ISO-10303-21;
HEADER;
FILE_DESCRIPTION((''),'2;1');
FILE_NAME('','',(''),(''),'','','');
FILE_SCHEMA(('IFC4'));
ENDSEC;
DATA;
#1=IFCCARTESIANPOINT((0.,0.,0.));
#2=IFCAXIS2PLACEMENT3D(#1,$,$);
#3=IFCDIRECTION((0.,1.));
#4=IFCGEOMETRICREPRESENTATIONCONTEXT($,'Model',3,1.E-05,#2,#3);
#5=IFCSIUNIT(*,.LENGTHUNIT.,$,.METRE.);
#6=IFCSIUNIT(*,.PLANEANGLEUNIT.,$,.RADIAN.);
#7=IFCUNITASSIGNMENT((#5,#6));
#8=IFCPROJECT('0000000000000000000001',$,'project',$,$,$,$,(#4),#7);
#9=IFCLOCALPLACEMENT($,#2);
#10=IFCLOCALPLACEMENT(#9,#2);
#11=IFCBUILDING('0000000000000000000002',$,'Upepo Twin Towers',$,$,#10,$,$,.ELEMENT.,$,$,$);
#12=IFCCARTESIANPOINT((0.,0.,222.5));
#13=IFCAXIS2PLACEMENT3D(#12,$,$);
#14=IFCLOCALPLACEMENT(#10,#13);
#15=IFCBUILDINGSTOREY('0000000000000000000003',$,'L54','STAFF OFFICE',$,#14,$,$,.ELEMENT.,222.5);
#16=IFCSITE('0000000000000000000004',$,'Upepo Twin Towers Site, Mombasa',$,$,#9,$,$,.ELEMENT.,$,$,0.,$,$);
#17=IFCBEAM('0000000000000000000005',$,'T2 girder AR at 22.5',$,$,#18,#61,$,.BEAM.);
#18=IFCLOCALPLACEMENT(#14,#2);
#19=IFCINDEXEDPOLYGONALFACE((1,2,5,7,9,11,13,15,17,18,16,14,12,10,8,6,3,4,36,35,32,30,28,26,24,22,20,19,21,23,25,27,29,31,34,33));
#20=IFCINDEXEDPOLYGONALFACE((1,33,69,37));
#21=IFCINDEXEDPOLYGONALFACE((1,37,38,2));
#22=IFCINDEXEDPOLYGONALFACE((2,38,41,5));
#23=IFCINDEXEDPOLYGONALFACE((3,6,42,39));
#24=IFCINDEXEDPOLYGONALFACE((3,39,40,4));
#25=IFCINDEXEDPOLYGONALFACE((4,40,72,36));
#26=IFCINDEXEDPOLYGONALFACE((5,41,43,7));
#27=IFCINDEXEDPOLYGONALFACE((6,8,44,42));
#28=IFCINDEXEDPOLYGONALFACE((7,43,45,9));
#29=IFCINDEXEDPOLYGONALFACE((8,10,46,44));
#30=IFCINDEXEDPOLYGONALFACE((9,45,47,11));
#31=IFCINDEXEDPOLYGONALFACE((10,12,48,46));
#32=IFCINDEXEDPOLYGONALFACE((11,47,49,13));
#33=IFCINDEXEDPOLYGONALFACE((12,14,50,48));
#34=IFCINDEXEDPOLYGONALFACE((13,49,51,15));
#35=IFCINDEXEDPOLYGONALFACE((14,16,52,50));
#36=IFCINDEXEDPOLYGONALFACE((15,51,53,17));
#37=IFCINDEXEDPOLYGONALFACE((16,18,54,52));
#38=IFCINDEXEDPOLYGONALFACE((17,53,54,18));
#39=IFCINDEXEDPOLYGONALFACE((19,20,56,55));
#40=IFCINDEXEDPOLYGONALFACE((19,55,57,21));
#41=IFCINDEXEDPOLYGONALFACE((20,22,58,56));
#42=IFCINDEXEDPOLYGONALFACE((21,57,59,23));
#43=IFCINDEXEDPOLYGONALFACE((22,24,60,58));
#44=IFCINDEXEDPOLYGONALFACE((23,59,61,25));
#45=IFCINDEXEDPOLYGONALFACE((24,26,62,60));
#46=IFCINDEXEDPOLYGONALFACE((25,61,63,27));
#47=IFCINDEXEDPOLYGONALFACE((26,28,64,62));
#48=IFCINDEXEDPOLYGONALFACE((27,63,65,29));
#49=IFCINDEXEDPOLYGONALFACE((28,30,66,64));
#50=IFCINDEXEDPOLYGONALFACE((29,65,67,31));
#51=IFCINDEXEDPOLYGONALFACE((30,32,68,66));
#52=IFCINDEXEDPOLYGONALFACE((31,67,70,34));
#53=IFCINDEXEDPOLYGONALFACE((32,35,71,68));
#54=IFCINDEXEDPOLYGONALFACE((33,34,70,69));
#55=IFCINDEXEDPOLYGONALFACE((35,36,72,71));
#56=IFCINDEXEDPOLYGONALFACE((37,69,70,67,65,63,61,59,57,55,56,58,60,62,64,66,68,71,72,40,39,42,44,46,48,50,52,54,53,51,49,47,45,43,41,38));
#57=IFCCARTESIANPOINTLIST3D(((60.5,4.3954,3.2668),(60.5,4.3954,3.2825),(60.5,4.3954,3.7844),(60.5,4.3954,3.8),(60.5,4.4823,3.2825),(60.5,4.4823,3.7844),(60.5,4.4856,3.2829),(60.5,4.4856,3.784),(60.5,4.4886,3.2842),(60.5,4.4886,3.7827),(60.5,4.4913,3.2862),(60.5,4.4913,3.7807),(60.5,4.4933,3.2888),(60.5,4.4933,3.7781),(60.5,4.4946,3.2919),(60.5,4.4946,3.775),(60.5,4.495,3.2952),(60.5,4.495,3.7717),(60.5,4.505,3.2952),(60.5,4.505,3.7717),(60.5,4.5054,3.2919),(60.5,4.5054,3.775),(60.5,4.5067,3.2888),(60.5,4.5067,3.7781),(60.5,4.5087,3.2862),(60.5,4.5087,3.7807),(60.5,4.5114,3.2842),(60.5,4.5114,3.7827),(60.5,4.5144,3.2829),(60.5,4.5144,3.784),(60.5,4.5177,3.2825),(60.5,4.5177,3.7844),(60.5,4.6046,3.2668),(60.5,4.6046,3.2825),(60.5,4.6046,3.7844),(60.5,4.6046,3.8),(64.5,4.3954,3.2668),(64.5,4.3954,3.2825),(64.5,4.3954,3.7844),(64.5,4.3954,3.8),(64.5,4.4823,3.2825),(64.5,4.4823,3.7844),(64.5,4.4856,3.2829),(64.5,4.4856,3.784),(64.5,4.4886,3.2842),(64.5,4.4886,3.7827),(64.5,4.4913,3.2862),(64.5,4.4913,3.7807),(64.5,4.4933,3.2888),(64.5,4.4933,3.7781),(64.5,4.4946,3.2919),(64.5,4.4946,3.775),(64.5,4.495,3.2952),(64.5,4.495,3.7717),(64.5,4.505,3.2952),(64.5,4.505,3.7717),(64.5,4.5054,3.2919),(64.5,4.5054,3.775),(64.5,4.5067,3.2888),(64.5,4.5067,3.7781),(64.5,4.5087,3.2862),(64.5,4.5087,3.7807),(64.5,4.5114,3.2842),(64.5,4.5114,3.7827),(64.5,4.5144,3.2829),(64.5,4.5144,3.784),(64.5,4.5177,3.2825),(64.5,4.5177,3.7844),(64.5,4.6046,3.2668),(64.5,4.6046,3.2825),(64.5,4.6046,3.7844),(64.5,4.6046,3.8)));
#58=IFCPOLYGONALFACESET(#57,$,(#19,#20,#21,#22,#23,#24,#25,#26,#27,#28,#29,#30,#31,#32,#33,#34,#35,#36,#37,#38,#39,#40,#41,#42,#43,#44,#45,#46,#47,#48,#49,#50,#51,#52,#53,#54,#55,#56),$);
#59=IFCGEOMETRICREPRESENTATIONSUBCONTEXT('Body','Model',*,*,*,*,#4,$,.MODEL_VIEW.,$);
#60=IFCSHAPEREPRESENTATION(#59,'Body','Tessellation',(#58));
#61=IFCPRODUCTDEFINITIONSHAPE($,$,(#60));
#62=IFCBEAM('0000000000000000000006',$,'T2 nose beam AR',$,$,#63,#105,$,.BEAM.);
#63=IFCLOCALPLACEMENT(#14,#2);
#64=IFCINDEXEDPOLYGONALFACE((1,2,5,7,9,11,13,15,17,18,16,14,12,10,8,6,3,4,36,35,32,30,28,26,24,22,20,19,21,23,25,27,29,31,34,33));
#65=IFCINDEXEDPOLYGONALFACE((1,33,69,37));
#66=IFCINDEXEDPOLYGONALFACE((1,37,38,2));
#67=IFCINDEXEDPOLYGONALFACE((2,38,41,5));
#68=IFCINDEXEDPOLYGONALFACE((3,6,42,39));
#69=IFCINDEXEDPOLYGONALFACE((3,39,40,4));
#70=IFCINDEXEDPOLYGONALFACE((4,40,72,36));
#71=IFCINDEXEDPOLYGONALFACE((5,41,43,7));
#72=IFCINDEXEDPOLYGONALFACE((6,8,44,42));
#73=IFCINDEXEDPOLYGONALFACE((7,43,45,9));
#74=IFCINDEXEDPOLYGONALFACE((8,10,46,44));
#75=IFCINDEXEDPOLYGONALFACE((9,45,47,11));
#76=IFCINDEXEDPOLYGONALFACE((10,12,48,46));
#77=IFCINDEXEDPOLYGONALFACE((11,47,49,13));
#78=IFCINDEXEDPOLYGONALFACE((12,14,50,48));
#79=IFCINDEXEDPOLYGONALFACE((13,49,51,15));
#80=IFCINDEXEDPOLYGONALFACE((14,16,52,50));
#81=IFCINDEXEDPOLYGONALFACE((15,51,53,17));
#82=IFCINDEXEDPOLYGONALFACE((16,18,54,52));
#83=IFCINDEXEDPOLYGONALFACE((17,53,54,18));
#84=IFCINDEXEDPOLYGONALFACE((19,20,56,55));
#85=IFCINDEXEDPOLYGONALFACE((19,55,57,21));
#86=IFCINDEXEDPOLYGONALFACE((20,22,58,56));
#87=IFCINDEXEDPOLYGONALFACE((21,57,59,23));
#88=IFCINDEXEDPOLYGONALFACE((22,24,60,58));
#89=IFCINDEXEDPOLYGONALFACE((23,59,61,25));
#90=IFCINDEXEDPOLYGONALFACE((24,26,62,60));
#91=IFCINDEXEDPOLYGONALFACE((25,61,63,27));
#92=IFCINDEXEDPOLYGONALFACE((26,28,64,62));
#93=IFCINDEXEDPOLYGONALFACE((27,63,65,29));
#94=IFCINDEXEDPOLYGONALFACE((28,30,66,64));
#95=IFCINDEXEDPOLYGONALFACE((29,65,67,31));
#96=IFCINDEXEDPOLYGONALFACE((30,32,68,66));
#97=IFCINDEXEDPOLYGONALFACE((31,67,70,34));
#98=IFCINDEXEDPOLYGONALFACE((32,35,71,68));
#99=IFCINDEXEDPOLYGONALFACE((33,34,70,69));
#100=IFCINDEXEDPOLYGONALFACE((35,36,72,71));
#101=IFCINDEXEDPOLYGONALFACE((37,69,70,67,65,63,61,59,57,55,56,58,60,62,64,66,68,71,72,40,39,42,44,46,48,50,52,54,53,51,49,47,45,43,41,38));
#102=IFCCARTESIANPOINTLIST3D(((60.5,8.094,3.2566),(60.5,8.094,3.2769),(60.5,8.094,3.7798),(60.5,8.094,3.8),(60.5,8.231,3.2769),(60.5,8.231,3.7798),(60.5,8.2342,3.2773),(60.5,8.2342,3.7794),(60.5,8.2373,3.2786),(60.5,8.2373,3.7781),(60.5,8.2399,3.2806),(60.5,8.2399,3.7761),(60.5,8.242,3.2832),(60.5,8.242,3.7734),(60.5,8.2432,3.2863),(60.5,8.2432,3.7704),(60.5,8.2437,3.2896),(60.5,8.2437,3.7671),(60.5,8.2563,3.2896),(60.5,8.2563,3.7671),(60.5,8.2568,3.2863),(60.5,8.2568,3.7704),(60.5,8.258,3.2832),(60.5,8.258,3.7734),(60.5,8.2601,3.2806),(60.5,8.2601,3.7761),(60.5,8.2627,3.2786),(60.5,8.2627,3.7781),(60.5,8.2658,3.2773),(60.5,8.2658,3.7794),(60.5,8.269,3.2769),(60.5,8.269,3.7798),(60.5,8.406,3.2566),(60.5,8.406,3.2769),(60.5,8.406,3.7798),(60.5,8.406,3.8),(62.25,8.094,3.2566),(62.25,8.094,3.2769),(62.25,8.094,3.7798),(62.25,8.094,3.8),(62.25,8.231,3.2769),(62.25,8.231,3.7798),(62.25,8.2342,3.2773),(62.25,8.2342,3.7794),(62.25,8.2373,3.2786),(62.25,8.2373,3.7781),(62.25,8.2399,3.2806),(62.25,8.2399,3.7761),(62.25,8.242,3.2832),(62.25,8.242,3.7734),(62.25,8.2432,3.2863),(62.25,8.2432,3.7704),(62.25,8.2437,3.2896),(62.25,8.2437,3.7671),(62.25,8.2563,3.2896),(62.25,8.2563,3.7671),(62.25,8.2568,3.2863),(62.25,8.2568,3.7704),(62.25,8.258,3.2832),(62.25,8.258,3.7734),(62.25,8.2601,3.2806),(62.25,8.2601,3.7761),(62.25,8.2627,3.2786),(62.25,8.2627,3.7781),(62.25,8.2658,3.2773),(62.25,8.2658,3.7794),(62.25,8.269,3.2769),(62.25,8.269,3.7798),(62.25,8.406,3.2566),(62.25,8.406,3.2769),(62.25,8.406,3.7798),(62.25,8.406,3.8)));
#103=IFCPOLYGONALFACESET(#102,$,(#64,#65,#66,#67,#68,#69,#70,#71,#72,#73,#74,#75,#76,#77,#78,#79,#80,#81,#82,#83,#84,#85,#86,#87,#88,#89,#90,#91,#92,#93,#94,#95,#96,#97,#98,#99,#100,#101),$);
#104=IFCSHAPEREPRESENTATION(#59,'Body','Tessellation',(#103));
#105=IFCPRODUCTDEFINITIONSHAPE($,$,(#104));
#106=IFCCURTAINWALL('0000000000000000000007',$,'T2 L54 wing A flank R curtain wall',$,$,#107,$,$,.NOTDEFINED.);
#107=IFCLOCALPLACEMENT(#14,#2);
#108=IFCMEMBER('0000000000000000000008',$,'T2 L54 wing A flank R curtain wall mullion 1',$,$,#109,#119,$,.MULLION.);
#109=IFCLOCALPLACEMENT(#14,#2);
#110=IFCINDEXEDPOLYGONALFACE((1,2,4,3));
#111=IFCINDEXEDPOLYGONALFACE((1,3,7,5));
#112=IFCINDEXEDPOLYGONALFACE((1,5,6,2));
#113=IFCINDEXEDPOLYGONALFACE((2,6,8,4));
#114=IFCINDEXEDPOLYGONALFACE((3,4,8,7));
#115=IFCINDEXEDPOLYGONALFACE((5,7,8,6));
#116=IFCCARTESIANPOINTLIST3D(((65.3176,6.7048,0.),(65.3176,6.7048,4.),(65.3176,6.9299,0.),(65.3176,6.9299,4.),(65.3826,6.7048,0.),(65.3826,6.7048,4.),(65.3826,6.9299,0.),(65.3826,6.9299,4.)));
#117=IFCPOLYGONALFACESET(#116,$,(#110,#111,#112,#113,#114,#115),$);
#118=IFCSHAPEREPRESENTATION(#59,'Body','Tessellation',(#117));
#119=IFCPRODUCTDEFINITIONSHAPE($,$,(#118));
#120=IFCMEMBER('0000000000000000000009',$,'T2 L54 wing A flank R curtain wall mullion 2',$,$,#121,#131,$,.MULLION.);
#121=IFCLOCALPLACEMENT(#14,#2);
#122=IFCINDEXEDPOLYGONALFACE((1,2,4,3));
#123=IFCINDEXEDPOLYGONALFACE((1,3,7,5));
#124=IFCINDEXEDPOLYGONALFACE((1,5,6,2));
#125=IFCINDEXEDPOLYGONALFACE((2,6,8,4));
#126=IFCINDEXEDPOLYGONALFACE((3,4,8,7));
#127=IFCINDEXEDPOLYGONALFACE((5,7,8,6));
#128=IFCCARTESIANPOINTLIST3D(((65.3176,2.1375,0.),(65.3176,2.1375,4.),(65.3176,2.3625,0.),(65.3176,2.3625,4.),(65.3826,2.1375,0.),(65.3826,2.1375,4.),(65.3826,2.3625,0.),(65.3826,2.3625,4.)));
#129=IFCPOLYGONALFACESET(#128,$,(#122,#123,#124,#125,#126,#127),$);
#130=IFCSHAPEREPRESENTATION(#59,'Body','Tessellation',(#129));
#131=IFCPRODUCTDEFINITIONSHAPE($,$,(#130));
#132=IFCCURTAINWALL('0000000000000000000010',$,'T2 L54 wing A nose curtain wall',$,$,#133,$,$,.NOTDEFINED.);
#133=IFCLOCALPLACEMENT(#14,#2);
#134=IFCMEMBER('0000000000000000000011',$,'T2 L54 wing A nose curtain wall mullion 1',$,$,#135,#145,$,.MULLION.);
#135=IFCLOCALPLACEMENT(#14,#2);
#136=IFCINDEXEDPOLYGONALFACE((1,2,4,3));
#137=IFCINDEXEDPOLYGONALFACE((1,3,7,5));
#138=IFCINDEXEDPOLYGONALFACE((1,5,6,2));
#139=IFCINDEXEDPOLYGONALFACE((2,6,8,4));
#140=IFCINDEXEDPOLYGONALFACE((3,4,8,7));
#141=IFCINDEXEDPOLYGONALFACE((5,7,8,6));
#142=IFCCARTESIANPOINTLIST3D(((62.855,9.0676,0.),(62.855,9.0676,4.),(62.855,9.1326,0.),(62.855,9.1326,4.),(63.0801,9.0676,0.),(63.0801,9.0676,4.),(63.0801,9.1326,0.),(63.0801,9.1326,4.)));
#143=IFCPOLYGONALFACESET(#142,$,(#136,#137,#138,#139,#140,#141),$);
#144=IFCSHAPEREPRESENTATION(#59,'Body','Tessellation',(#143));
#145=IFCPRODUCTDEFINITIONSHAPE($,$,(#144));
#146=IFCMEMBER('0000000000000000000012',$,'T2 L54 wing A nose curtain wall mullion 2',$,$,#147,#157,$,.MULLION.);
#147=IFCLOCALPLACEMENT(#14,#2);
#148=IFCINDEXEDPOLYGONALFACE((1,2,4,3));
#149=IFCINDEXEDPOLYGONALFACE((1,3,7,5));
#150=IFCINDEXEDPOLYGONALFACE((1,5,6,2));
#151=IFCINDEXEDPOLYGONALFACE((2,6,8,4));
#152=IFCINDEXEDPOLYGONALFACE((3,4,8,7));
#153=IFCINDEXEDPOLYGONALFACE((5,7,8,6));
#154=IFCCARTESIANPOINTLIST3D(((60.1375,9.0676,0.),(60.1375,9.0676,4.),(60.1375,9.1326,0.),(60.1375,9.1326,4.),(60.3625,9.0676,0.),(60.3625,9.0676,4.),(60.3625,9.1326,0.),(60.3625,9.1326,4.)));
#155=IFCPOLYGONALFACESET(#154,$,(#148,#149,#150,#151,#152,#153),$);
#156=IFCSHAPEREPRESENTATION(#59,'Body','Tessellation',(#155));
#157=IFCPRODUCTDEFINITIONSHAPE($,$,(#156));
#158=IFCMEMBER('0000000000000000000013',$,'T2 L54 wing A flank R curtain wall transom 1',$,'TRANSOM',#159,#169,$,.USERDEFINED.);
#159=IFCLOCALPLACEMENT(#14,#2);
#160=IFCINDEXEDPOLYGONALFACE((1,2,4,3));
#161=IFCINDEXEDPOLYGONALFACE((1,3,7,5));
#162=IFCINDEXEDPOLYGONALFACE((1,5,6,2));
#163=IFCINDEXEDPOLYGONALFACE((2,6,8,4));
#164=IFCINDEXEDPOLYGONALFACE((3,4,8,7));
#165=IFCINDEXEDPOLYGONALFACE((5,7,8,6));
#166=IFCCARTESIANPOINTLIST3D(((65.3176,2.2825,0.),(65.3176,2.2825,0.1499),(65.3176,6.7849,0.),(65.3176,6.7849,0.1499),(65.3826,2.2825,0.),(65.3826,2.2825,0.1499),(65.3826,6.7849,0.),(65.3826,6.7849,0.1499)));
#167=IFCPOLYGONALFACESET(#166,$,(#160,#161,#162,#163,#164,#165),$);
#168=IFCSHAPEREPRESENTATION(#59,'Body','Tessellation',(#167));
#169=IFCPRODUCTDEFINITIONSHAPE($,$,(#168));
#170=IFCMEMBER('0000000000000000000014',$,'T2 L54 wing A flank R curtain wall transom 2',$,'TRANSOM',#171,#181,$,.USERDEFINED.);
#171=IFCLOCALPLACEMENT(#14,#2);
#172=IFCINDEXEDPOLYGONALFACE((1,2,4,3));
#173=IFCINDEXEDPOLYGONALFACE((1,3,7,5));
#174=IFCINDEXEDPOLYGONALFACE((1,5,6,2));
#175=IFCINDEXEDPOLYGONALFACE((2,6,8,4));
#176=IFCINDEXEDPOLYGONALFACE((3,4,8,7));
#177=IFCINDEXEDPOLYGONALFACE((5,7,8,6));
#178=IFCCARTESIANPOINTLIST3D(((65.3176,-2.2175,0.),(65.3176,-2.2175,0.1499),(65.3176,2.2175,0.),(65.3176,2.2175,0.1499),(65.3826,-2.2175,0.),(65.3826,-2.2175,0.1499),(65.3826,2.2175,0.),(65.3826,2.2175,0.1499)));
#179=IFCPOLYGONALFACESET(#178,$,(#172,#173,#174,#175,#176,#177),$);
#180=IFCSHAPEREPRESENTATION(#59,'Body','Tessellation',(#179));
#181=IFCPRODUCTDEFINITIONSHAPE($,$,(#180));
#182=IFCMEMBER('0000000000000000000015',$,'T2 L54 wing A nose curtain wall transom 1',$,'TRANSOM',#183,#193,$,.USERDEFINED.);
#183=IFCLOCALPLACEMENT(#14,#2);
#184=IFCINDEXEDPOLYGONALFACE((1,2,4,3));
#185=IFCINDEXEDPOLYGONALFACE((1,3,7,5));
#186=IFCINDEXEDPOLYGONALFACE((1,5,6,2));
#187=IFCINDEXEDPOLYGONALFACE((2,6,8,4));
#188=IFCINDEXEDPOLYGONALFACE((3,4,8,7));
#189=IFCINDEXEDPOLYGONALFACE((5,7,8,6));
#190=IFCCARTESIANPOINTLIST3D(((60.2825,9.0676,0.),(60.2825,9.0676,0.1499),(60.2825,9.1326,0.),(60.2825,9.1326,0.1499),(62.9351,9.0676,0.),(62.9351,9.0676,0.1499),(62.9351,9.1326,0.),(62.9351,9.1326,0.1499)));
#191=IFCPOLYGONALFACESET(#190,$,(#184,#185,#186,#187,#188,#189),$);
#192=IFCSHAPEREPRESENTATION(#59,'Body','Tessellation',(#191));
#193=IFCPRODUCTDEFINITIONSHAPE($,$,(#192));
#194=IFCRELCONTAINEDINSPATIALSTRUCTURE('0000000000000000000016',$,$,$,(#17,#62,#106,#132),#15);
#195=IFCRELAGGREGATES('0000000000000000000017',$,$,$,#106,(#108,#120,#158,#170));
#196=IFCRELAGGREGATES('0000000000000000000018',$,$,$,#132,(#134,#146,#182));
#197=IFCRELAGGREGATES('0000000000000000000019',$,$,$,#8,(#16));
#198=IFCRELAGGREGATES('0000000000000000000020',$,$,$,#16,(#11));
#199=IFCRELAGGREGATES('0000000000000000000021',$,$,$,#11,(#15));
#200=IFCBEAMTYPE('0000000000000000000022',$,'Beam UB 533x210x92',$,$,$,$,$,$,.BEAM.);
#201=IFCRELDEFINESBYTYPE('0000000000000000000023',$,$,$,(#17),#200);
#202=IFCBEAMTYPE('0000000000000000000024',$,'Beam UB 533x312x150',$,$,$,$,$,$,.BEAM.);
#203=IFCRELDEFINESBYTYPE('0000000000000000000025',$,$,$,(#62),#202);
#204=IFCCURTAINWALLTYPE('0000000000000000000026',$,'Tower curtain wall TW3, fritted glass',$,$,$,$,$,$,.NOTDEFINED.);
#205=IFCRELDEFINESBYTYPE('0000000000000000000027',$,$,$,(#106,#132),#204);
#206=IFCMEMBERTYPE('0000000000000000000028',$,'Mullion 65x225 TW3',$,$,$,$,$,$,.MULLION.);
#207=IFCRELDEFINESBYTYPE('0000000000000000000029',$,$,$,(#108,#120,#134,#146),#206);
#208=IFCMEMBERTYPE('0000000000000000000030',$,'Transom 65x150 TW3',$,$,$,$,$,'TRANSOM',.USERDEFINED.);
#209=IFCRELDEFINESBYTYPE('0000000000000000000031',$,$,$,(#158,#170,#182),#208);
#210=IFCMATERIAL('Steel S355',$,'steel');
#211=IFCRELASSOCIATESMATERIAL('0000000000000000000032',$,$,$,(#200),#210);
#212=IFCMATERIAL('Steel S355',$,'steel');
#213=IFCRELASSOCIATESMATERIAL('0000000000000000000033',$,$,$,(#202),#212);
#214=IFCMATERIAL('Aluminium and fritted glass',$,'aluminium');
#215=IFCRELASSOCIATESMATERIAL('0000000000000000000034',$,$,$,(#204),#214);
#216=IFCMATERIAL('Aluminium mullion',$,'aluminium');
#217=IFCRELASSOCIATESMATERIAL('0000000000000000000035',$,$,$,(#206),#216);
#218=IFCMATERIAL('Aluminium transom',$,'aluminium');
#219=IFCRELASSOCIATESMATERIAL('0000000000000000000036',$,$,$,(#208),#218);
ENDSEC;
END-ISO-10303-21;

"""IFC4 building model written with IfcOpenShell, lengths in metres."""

from ifc_helpers import new_model, si_unit, direction, frame, origin, origin_2d, place, context, subcontext, project, spatial, rectangle, i_section, extrude, material, material_profile, profile_set, type_object, element, aggregate, save


model = new_model("IFC4")

# Units and contexts
model_context = context("Model", 3, precision=1e-05, world=origin(), true_north=direction((0.0, 1.0)))
body_context = subcontext(model_context, "Body", "Model", "MODEL_VIEW")
ifc_project = project(units=[si_unit("LENGTHUNIT", "METRE"), si_unit("PLANEANGLEUNIT", "RADIAN")], contexts=[model_context])

# Site, building, storey
site_placement = place(None, origin())
site = spatial("IfcSite", under=ifc_project, at=site_placement, Name="Upepo Twin Towers Site, Mombasa", CompositionType="ELEMENT", RefElevation=0.0)
building_placement = place(site_placement, origin())
building = spatial("IfcBuilding", under=site, at=building_placement, Name="Upepo Twin Towers", CompositionType="ELEMENT")
storey_placement = place(building_placement, frame((0.0, 0.0, 222.5)))
storey = spatial("IfcBuildingStorey", under=building, at=storey_placement, Name="L54", Description="STAFF OFFICE", CompositionType="ELEMENT", Elevation=222.5)

# Beams
ifc_material_1 = material(Name="Steel S355", Category="steel")
ifc_material_profile_1 = material_profile(ifc_material_1, i_section(OverallWidth=0.2092, OverallDepth=0.5332, WebThickness=0.01, FlangeThickness=0.0156, FilletRadius=0.0127, at=origin_2d()), Name="UB 533x210x92")
ifc_profile_set_1 = profile_set([ifc_material_profile_1], Name="Steel S355")
beam_type_1 = type_object("IfcBeamType", Name="Beam UB 533x210x92", PredefinedType="BEAM", material=ifc_profile_set_1)
for number, where, z_axis, x_axis, name in (
    (1, (64.5, 4.5, 3.5334), (-1.0, 0.0, 0.0), (0.0, -1.0, 0.0), "T2 girder AR at 22.5"),
):
    element("IfcBeam", number, at=place(storey_placement, frame(where, z_axis=z_axis, x_axis=x_axis)), inside=storey, type_object=beam_type_1, Name=name, PredefinedType="BEAM", context=body_context, shape_type="SweptSolid", body=[
        extrude(i_section(OverallWidth=0.2092, OverallDepth=0.5332, WebThickness=0.01, FlangeThickness=0.0156, FilletRadius=0.0127, at=origin_2d()), origin(), (0.0, 0.0, 1.0), 4.0),
    ])
ifc_material_2 = material(Name="Steel S355", Category="steel")
ifc_material_profile_2 = material_profile(ifc_material_2, i_section(OverallWidth=0.312, OverallDepth=0.5435, WebThickness=0.0127, FlangeThickness=0.0203, FilletRadius=0.0127, at=origin_2d()), Name="UB 533x312x150")
ifc_profile_set_2 = profile_set([ifc_material_profile_2], Name="Steel S355")
beam_type_2 = type_object("IfcBeamType", Name="Beam UB 533x312x150", PredefinedType="BEAM", material=ifc_profile_set_2)
beam_1_placement = place(storey_placement, frame((62.25, 8.25, 3.5283), z_axis=(-1.0, 0.0, 0.0), x_axis=(0.0, -1.0, 0.0)))
element("IfcBeam", 2, at=beam_1_placement, inside=storey, type_object=beam_type_2, Name="T2 nose beam AR", PredefinedType="BEAM", context=body_context, shape_type="SweptSolid", body=[
    extrude(i_section(OverallWidth=0.312, OverallDepth=0.5435, WebThickness=0.0127, FlangeThickness=0.0203, FilletRadius=0.0127, at=origin_2d()), origin(), (0.0, 0.0, 1.0), 1.75),
])

# Curtain walls, members
ifc_material_3 = material(Name="Aluminium and fritted glass", Category="aluminium")
curtain_wall_type = type_object("IfcCurtainWallType", Name="Tower curtain wall TW3, fritted glass", PredefinedType="NOTDEFINED", material=ifc_material_3)
curtain_wall_1_placement = place(storey_placement, origin())
curtain_wall_1 = element("IfcCurtainWall", 3, at=curtain_wall_1_placement, inside=storey, type_object=curtain_wall_type, Name="T2 L54 wing A flank R curtain wall", PredefinedType="NOTDEFINED")
ifc_material_4 = material(Name="Aluminium mullion", Category="aluminium")
ifc_material_profile_3 = material_profile(ifc_material_4, rectangle(XDim=0.0649, YDim=0.2251, at=origin_2d()), Name="MULLION 65x225")
ifc_profile_set_3 = profile_set([ifc_material_profile_3], Name="Aluminium mullion")
member_type_1 = type_object("IfcMemberType", Name="Mullion 65x225 TW3", PredefinedType="MULLION", material=ifc_profile_set_3)
member_1_placement = place(storey_placement, frame((65.3501, 6.8174, 0.0), z_axis=(0.0, 0.0, 1.0), x_axis=(1.0, 0.0, 0.0)))
member_1 = element("IfcMember", 4, at=member_1_placement, type_object=member_type_1, Name="T2 L54 wing A flank R curtain wall mullion 1", PredefinedType="MULLION", context=body_context, shape_type="SweptSolid", body=[
    extrude(rectangle(XDim=0.0649, YDim=0.2251, at=origin_2d()), origin(), (0.0, 0.0, 1.0), 4.0),
])
member_2_placement = place(storey_placement, frame((65.3501, 2.25, 0.0), z_axis=(0.0, 0.0, 1.0), x_axis=(1.0, 0.0, 0.0)))
member_2 = element("IfcMember", 5, at=member_2_placement, type_object=member_type_1, Name="T2 L54 wing A flank R curtain wall mullion 2", PredefinedType="MULLION", context=body_context, shape_type="SweptSolid", body=[
    extrude(rectangle(XDim=0.0649, YDim=0.2251, at=origin_2d()), origin(), (0.0, 0.0, 1.0), 4.0),
])
curtain_wall_2_placement = place(storey_placement, origin())
curtain_wall_2 = element("IfcCurtainWall", 6, at=curtain_wall_2_placement, inside=storey, type_object=curtain_wall_type, Name="T2 L54 wing A nose curtain wall", PredefinedType="NOTDEFINED")
member_3_placement = place(storey_placement, frame((62.9675, 9.1001, 0.0), z_axis=(0.0, 0.0, 1.0), x_axis=(0.0, -1.0, 0.0)))
member_3 = element("IfcMember", 7, at=member_3_placement, type_object=member_type_1, Name="T2 L54 wing A nose curtain wall mullion 1", PredefinedType="MULLION", context=body_context, shape_type="SweptSolid", body=[
    extrude(rectangle(XDim=0.0649, YDim=0.2251, at=origin_2d()), origin(), (0.0, 0.0, 1.0), 4.0),
])
member_4_placement = place(storey_placement, frame((60.25, 9.1001, 0.0), z_axis=(0.0, 0.0, 1.0), x_axis=(0.0, -1.0, 0.0)))
member_4 = element("IfcMember", 8, at=member_4_placement, type_object=member_type_1, Name="T2 L54 wing A nose curtain wall mullion 2", PredefinedType="MULLION", context=body_context, shape_type="SweptSolid", body=[
    extrude(rectangle(XDim=0.0649, YDim=0.2251, at=origin_2d()), origin(), (0.0, 0.0, 1.0), 4.0),
])

# Members
ifc_material_5 = material(Name="Aluminium transom", Category="aluminium")
ifc_material_profile_4 = material_profile(ifc_material_5, rectangle(XDim=0.0649, YDim=0.1499, at=origin_2d()), Name="TRANSOM 65x150")
ifc_profile_set_4 = profile_set([ifc_material_profile_4], Name="Aluminium transom")
member_type_2 = type_object("IfcMemberType", Name="Transom 65x150 TW3", ElementType="TRANSOM", PredefinedType="USERDEFINED", material=ifc_profile_set_4)
member_5_placement = place(storey_placement, frame((65.3501, 6.7849, 0.075), z_axis=(0.0, -1.0, 0.0), x_axis=(1.0, 0.0, 0.0)))
member_5 = element("IfcMember", 9, at=member_5_placement, type_object=member_type_2, Name="T2 L54 wing A flank R curtain wall transom 1", ObjectType="TRANSOM", PredefinedType="USERDEFINED", context=body_context, shape_type="SweptSolid", body=[
    extrude(rectangle(XDim=0.0649, YDim=0.1499, at=origin_2d()), origin(), (0.0, 0.0, 1.0), 4.5024),
])
member_6_placement = place(storey_placement, frame((65.3501, 2.2175, 0.075), z_axis=(0.0, -1.0, 0.0), x_axis=(1.0, 0.0, 0.0)))
member_6 = element("IfcMember", 10, at=member_6_placement, type_object=member_type_2, Name="T2 L54 wing A flank R curtain wall transom 2", ObjectType="TRANSOM", PredefinedType="USERDEFINED", context=body_context, shape_type="SweptSolid", body=[
    extrude(rectangle(XDim=0.0649, YDim=0.1499, at=origin_2d()), origin(), (0.0, 0.0, 1.0), 4.4351),
])
member_7_placement = place(storey_placement, frame((62.9351, 9.1001, 0.075), z_axis=(-1.0, 0.0, 0.0), x_axis=(0.0, -1.0, 0.0)))
member_7 = element("IfcMember", 11, at=member_7_placement, type_object=member_type_2, Name="T2 L54 wing A nose curtain wall transom 1", ObjectType="TRANSOM", PredefinedType="USERDEFINED", context=body_context, shape_type="SweptSolid", body=[
    extrude(rectangle(XDim=0.0649, YDim=0.1499, at=origin_2d()), origin(), (0.0, 0.0, 1.0), 2.6526),
])

aggregate(curtain_wall_1, [member_1, member_2, member_5, member_6])
aggregate(curtain_wall_2, [member_3, member_4, member_7])

save(model, "model.ifc")
